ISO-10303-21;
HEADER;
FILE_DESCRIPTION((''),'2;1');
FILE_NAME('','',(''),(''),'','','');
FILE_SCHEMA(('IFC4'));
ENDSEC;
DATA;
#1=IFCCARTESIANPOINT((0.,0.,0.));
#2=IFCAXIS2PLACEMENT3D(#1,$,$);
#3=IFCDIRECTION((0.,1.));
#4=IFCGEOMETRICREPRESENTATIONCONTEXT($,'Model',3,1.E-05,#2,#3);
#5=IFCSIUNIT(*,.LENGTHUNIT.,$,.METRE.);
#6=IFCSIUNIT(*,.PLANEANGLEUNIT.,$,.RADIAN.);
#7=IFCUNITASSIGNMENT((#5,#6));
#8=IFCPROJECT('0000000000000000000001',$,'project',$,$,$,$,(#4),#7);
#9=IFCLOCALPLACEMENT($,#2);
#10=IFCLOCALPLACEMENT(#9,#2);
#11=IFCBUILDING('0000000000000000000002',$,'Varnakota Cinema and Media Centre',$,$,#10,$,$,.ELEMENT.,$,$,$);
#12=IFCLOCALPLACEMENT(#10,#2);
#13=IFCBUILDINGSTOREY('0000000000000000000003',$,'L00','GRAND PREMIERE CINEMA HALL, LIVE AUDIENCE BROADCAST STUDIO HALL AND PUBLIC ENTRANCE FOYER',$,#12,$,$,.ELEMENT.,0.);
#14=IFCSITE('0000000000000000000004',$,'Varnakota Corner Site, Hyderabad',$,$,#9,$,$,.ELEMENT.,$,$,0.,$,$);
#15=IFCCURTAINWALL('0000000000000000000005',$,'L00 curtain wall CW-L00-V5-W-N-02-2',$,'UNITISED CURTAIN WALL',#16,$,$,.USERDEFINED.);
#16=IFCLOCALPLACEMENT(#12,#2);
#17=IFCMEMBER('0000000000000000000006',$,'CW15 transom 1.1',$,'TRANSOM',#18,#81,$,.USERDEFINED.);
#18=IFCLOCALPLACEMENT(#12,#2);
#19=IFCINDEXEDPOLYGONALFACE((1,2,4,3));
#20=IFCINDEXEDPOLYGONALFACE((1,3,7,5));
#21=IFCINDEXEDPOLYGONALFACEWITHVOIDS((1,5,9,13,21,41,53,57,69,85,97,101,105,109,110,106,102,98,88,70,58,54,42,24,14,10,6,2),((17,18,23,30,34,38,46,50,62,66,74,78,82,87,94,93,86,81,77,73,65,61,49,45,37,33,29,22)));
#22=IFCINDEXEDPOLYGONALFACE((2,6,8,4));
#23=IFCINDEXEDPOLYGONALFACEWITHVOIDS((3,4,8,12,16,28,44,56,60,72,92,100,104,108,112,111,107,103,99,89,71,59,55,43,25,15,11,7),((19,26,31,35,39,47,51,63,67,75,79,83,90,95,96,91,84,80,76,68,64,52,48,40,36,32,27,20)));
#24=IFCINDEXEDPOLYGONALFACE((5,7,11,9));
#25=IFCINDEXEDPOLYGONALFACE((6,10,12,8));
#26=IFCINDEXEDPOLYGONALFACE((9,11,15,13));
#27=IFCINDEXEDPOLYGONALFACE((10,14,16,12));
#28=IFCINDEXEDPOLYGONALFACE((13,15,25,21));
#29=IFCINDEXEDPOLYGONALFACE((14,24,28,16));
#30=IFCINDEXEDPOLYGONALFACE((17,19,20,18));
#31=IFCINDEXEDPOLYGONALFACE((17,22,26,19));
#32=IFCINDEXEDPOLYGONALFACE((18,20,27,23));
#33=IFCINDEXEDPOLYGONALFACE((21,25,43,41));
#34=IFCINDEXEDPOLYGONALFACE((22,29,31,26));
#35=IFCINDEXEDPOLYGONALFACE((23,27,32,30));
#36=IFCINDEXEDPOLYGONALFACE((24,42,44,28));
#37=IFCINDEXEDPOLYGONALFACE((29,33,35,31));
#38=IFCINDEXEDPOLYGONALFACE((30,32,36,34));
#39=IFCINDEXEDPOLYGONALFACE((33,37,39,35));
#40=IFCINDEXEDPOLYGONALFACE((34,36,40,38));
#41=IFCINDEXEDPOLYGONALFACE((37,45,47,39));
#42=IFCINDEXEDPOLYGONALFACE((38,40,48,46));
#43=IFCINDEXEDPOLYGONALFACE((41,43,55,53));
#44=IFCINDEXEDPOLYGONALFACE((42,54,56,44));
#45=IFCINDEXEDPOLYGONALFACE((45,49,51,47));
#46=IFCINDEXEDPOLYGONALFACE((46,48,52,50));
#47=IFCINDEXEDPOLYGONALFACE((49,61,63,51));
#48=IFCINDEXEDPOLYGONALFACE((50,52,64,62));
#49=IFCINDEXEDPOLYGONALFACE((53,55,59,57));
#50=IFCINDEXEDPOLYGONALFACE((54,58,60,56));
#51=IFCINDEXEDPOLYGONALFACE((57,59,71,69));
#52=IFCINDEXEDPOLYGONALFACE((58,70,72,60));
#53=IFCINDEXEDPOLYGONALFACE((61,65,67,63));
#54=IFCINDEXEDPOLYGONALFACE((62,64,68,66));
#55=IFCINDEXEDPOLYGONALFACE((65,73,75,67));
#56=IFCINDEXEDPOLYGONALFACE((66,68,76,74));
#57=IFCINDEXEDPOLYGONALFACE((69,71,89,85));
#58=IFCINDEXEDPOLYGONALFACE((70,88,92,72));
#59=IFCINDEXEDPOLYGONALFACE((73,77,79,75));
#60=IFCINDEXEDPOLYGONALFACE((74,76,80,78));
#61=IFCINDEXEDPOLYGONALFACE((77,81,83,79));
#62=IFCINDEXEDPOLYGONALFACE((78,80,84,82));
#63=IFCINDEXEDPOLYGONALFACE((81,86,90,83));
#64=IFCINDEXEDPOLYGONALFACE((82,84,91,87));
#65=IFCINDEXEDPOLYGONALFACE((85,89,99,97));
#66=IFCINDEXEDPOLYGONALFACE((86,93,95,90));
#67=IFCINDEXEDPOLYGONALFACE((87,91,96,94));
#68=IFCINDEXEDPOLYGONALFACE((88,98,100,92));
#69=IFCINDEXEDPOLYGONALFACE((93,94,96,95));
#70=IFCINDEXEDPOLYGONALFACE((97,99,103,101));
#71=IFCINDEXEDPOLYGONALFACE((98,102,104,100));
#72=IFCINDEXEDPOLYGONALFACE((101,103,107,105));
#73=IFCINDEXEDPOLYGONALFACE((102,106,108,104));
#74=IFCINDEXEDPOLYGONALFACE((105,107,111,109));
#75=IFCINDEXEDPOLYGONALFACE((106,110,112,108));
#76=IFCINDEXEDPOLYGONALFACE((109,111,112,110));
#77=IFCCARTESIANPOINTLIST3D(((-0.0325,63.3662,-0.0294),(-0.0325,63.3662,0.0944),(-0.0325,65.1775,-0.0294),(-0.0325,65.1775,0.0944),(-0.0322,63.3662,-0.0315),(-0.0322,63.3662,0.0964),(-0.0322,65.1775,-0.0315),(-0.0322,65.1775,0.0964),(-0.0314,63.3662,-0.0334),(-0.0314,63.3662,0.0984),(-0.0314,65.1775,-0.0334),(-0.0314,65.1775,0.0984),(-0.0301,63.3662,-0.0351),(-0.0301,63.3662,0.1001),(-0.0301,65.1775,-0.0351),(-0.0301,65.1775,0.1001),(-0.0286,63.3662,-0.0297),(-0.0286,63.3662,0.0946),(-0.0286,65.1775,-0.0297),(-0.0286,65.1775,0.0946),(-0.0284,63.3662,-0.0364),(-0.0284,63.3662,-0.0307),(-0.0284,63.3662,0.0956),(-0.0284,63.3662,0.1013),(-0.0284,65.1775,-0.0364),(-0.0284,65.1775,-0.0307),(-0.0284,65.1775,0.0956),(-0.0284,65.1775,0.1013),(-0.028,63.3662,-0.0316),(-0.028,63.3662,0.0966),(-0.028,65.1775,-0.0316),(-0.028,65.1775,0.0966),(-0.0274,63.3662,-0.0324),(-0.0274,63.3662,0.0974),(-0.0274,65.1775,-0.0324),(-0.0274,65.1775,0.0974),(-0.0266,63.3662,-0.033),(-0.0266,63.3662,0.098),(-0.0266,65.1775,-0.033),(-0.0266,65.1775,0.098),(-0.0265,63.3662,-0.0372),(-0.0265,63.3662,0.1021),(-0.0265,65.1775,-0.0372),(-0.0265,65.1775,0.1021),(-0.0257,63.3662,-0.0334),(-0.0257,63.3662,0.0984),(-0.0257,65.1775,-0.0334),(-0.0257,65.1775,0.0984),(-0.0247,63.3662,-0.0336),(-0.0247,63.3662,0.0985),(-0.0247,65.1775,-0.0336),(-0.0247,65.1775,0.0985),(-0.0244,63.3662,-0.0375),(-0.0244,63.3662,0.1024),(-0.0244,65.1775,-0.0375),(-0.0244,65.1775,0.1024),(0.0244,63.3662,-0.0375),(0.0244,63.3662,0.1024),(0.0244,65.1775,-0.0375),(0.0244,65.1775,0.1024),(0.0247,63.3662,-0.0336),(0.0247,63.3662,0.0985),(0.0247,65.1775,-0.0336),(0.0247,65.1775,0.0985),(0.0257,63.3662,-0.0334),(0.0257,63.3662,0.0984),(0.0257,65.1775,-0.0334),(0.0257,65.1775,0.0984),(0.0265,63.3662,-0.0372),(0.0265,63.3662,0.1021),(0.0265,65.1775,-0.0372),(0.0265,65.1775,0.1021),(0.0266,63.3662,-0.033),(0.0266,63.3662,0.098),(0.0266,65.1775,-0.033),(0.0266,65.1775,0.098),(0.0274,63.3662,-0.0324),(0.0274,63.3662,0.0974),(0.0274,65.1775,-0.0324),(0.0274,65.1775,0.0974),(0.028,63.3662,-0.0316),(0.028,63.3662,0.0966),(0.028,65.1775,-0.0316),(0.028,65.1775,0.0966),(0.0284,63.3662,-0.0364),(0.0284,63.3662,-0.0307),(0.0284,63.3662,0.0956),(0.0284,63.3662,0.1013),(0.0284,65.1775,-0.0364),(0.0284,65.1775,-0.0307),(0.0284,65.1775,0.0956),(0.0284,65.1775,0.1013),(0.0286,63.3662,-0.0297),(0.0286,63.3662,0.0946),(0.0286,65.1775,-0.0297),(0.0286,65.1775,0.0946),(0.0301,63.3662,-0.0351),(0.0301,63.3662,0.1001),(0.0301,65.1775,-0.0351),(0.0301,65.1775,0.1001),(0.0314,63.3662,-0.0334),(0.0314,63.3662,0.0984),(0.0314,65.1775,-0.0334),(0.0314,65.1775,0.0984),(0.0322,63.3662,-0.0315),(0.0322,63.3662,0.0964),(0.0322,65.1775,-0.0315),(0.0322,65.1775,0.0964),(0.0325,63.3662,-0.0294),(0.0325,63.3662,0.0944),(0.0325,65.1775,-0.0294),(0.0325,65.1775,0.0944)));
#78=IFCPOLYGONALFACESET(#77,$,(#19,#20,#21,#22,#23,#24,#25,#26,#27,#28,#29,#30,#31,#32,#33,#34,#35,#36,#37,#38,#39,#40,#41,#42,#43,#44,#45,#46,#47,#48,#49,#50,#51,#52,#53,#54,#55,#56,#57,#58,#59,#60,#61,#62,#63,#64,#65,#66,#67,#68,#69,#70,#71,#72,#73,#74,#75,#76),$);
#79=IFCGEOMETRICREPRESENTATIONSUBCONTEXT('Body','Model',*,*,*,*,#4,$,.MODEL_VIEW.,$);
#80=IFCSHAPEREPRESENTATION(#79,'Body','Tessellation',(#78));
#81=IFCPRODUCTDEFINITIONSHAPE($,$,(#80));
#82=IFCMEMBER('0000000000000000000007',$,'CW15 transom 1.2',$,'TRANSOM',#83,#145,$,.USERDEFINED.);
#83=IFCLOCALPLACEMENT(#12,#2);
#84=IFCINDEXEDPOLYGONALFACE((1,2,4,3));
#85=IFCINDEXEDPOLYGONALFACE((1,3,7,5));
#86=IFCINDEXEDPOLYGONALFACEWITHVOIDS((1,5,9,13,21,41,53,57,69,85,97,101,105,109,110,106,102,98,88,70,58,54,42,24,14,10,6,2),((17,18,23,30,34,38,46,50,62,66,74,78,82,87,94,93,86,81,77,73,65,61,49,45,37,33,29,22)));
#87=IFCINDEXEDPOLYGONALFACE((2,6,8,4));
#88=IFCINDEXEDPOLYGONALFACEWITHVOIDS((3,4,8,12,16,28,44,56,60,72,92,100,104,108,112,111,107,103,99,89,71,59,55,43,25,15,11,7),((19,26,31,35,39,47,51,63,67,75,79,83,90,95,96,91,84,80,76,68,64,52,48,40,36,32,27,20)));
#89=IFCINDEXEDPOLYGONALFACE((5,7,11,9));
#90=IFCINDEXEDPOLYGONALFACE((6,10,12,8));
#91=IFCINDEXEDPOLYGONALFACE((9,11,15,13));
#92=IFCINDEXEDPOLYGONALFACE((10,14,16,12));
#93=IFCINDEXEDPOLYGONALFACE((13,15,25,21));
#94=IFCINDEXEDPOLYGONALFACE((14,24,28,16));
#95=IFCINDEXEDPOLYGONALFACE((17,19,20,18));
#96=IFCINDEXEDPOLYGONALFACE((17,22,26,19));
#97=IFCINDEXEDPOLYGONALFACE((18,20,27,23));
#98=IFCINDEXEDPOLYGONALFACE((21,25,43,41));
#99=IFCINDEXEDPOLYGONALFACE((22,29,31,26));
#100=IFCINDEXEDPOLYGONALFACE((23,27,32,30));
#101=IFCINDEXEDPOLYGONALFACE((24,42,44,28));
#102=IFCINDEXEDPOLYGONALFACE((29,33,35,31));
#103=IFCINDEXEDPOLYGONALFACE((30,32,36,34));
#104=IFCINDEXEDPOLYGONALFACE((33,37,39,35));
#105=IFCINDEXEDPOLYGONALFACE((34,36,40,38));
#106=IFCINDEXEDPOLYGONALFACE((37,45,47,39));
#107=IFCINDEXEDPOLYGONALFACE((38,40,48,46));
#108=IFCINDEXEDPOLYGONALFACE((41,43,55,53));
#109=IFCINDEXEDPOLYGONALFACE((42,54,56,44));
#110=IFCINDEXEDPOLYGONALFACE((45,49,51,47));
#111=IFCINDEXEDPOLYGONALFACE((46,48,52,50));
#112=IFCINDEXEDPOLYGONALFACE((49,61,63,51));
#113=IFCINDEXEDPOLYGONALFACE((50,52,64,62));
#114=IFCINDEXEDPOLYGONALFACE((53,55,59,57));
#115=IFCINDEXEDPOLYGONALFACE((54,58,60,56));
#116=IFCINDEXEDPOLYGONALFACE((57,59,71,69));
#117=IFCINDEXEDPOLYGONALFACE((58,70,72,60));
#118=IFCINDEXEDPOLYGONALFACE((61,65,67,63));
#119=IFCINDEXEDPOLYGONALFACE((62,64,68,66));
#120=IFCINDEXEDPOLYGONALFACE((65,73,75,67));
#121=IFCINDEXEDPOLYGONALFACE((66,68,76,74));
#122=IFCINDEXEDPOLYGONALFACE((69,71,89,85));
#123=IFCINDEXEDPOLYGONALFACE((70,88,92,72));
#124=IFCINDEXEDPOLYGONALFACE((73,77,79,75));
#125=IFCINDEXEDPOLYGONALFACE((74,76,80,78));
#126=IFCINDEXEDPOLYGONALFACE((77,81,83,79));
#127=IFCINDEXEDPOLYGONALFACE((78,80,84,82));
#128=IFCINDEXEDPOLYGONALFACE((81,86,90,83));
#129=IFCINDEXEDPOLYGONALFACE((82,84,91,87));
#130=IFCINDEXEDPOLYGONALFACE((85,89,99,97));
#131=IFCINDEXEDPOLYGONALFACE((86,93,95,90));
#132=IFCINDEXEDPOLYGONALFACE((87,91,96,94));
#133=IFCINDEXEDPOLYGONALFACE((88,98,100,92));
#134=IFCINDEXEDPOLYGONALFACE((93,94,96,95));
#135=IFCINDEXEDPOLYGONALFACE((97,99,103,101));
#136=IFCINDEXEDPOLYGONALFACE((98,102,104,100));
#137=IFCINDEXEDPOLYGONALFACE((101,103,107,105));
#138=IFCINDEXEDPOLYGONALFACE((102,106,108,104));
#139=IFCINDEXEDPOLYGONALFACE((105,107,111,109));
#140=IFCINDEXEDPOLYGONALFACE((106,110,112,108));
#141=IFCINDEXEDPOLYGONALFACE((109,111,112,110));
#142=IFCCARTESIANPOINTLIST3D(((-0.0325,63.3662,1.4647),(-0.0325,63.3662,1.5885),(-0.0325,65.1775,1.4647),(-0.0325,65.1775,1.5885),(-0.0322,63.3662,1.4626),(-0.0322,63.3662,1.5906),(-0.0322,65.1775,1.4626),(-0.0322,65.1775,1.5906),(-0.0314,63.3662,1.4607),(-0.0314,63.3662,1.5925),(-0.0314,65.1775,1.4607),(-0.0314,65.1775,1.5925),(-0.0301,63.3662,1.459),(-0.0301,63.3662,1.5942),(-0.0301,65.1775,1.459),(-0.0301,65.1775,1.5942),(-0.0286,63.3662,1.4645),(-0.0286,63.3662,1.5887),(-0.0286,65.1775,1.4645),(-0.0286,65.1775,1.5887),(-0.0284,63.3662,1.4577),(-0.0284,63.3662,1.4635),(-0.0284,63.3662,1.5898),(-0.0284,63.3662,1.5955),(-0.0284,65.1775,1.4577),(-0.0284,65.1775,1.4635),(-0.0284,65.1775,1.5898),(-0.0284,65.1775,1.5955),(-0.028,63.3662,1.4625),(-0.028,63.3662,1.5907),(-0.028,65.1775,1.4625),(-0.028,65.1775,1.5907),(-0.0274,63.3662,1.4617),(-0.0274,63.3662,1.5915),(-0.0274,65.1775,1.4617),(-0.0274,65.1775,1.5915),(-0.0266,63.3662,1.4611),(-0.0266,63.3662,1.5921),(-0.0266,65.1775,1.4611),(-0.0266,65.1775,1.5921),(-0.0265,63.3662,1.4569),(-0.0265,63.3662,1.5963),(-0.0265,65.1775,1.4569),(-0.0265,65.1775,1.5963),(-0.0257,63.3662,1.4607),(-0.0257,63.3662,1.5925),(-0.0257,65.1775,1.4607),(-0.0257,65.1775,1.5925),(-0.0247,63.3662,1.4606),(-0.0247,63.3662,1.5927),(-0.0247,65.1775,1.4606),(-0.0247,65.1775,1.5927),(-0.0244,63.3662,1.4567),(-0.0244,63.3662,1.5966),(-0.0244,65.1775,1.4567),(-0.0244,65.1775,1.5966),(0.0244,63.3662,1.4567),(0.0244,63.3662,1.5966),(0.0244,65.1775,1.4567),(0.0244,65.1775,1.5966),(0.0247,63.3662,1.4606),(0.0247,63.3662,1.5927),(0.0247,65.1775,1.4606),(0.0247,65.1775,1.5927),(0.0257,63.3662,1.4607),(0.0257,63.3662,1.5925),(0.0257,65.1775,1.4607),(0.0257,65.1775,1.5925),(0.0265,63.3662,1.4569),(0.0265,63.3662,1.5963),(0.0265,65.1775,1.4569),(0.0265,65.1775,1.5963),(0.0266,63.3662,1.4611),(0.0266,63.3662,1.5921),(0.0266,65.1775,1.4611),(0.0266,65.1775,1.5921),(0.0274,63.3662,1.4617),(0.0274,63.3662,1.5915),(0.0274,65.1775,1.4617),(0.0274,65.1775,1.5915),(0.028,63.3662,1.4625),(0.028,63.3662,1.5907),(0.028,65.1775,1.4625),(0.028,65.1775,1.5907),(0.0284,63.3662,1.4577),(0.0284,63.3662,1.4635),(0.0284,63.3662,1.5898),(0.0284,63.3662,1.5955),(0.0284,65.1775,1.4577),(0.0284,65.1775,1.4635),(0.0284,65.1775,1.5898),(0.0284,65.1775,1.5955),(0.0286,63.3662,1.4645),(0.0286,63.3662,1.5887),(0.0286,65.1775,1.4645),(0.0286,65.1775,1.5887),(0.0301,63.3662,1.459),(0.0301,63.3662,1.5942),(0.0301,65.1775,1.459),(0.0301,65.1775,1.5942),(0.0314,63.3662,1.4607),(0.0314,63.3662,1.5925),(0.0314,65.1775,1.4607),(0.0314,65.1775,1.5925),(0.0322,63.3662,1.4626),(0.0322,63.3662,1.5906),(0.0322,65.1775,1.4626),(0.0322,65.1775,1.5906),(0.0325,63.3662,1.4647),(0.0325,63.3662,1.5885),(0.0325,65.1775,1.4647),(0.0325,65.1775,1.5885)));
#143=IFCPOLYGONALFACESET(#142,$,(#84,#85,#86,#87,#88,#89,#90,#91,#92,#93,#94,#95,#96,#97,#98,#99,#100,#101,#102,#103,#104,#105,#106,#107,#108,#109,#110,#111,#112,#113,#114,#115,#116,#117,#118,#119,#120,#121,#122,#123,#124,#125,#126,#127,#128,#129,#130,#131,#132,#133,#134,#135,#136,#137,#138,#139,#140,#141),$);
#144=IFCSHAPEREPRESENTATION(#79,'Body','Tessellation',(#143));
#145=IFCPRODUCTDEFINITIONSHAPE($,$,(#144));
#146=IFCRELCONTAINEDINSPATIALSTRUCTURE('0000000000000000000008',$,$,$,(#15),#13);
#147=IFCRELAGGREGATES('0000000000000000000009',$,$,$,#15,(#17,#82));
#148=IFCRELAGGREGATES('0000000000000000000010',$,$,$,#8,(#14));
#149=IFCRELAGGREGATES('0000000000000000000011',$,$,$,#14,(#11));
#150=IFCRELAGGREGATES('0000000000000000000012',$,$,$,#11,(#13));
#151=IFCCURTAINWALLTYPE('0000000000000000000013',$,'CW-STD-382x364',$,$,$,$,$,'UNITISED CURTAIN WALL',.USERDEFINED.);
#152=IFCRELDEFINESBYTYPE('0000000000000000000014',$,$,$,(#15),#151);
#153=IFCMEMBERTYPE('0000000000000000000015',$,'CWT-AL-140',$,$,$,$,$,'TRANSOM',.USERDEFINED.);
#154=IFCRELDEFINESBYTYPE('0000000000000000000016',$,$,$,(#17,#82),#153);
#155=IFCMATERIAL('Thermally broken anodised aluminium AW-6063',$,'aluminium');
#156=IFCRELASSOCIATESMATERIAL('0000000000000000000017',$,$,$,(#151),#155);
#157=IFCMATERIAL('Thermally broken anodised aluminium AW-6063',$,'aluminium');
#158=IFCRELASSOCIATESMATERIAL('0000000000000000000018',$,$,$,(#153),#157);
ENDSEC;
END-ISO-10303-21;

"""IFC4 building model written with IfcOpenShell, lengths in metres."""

from ifc_helpers import new_model, si_unit, direction, frame, origin, origin_2d, place, context, subcontext, project, spatial, hollow_rectangle, extrude, material, material_profile, profile_set, type_object, element, aggregate, save


model = new_model("IFC4")

# Units and contexts
model_context = context("Model", 3, precision=1e-05, world=origin(), true_north=direction((0.0, 1.0)))
body_context = subcontext(model_context, "Body", "Model", "MODEL_VIEW")
ifc_project = project(units=[si_unit("LENGTHUNIT", "METRE"), si_unit("PLANEANGLEUNIT", "RADIAN")], contexts=[model_context])

# Site, building, storey
site_placement = place(None, origin())
site = spatial("IfcSite", under=ifc_project, at=site_placement, Name="Varnakota Corner Site, Hyderabad", CompositionType="ELEMENT", RefElevation=0.0)
building_placement = place(site_placement, origin())
building = spatial("IfcBuilding", under=site, at=building_placement, Name="Varnakota Cinema and Media Centre", CompositionType="ELEMENT")
storey_placement = place(building_placement, origin())
storey = spatial("IfcBuildingStorey", under=building, at=storey_placement, Name="L00", Description="GRAND PREMIERE CINEMA HALL, LIVE AUDIENCE BROADCAST STUDIO HALL AND PUBLIC ENTRANCE FOYER", CompositionType="ELEMENT", Elevation=0.0)

# Shared definitions
ifc_material_1 = material(Name="Thermally broken anodised aluminium AW-6063", Category="aluminium")
curtain_wall_type = type_object("IfcCurtainWallType", Name="CW-STD-382x364", ElementType="UNITISED CURTAIN WALL", PredefinedType="USERDEFINED", material=ifc_material_1)

# Curtain wall
curtain_wall_1_placement = place(storey_placement, origin())
curtain_wall_1 = element("IfcCurtainWall", 1, at=curtain_wall_1_placement, inside=storey, type_object=curtain_wall_type, Name="L00 curtain wall CW-L00-V5-W-N-02-2", ObjectType="UNITISED CURTAIN WALL", PredefinedType="USERDEFINED")

# Members
ifc_material_2 = material(Name="Thermally broken anodised aluminium AW-6063", Category="aluminium")
ifc_material_profile_1 = material_profile(ifc_material_2, hollow_rectangle(XDim=0.0649, YDim=0.1399, WallThickness=0.0039, InnerFilletRadius=0.0039, OuterFilletRadius=0.0081, at=origin_2d()), Name="AL-TRANSOM 140x65x4")
ifc_profile_set_1 = profile_set([ifc_material_profile_1], Name="Thermally broken anodised aluminium AW-6063")
member_type_1 = type_object("IfcMemberType", Name="CWT-AL-140", ElementType="TRANSOM", PredefinedType="USERDEFINED", material=ifc_profile_set_1)
member_1_placement = place(storey_placement, frame((0.0, 65.1775, 0.0325), z_axis=(0.0, -1.0, 0.0), x_axis=(1.0, 0.0, 0.0)))
member_1 = element("IfcMember", 2, at=member_1_placement, type_object=member_type_1, Name="CW15 transom 1.1", ObjectType="TRANSOM", PredefinedType="USERDEFINED", context=body_context, shape_type="SweptSolid", body=[
    extrude(hollow_rectangle(XDim=0.0649, YDim=0.1399, WallThickness=0.0039, InnerFilletRadius=0.0039, OuterFilletRadius=0.0081, at=origin_2d()), origin(), (0.0, 0.0, 1.0), 1.8113),
])
member_2_placement = place(storey_placement, frame((0.0, 65.1775, 1.5266), z_axis=(0.0, -1.0, 0.0), x_axis=(1.0, 0.0, 0.0)))
member_2 = element("IfcMember", 3, at=member_2_placement, type_object=member_type_1, Name="CW15 transom 1.2", ObjectType="TRANSOM", PredefinedType="USERDEFINED", context=body_context, shape_type="SweptSolid", body=[
    extrude(hollow_rectangle(XDim=0.0649, YDim=0.1399, WallThickness=0.0039, InnerFilletRadius=0.0039, OuterFilletRadius=0.0081, at=origin_2d()), origin(), (0.0, 0.0, 1.0), 1.8113),
])

aggregate(curtain_wall_1, [member_1, member_2])

save(model, "model.ifc")
